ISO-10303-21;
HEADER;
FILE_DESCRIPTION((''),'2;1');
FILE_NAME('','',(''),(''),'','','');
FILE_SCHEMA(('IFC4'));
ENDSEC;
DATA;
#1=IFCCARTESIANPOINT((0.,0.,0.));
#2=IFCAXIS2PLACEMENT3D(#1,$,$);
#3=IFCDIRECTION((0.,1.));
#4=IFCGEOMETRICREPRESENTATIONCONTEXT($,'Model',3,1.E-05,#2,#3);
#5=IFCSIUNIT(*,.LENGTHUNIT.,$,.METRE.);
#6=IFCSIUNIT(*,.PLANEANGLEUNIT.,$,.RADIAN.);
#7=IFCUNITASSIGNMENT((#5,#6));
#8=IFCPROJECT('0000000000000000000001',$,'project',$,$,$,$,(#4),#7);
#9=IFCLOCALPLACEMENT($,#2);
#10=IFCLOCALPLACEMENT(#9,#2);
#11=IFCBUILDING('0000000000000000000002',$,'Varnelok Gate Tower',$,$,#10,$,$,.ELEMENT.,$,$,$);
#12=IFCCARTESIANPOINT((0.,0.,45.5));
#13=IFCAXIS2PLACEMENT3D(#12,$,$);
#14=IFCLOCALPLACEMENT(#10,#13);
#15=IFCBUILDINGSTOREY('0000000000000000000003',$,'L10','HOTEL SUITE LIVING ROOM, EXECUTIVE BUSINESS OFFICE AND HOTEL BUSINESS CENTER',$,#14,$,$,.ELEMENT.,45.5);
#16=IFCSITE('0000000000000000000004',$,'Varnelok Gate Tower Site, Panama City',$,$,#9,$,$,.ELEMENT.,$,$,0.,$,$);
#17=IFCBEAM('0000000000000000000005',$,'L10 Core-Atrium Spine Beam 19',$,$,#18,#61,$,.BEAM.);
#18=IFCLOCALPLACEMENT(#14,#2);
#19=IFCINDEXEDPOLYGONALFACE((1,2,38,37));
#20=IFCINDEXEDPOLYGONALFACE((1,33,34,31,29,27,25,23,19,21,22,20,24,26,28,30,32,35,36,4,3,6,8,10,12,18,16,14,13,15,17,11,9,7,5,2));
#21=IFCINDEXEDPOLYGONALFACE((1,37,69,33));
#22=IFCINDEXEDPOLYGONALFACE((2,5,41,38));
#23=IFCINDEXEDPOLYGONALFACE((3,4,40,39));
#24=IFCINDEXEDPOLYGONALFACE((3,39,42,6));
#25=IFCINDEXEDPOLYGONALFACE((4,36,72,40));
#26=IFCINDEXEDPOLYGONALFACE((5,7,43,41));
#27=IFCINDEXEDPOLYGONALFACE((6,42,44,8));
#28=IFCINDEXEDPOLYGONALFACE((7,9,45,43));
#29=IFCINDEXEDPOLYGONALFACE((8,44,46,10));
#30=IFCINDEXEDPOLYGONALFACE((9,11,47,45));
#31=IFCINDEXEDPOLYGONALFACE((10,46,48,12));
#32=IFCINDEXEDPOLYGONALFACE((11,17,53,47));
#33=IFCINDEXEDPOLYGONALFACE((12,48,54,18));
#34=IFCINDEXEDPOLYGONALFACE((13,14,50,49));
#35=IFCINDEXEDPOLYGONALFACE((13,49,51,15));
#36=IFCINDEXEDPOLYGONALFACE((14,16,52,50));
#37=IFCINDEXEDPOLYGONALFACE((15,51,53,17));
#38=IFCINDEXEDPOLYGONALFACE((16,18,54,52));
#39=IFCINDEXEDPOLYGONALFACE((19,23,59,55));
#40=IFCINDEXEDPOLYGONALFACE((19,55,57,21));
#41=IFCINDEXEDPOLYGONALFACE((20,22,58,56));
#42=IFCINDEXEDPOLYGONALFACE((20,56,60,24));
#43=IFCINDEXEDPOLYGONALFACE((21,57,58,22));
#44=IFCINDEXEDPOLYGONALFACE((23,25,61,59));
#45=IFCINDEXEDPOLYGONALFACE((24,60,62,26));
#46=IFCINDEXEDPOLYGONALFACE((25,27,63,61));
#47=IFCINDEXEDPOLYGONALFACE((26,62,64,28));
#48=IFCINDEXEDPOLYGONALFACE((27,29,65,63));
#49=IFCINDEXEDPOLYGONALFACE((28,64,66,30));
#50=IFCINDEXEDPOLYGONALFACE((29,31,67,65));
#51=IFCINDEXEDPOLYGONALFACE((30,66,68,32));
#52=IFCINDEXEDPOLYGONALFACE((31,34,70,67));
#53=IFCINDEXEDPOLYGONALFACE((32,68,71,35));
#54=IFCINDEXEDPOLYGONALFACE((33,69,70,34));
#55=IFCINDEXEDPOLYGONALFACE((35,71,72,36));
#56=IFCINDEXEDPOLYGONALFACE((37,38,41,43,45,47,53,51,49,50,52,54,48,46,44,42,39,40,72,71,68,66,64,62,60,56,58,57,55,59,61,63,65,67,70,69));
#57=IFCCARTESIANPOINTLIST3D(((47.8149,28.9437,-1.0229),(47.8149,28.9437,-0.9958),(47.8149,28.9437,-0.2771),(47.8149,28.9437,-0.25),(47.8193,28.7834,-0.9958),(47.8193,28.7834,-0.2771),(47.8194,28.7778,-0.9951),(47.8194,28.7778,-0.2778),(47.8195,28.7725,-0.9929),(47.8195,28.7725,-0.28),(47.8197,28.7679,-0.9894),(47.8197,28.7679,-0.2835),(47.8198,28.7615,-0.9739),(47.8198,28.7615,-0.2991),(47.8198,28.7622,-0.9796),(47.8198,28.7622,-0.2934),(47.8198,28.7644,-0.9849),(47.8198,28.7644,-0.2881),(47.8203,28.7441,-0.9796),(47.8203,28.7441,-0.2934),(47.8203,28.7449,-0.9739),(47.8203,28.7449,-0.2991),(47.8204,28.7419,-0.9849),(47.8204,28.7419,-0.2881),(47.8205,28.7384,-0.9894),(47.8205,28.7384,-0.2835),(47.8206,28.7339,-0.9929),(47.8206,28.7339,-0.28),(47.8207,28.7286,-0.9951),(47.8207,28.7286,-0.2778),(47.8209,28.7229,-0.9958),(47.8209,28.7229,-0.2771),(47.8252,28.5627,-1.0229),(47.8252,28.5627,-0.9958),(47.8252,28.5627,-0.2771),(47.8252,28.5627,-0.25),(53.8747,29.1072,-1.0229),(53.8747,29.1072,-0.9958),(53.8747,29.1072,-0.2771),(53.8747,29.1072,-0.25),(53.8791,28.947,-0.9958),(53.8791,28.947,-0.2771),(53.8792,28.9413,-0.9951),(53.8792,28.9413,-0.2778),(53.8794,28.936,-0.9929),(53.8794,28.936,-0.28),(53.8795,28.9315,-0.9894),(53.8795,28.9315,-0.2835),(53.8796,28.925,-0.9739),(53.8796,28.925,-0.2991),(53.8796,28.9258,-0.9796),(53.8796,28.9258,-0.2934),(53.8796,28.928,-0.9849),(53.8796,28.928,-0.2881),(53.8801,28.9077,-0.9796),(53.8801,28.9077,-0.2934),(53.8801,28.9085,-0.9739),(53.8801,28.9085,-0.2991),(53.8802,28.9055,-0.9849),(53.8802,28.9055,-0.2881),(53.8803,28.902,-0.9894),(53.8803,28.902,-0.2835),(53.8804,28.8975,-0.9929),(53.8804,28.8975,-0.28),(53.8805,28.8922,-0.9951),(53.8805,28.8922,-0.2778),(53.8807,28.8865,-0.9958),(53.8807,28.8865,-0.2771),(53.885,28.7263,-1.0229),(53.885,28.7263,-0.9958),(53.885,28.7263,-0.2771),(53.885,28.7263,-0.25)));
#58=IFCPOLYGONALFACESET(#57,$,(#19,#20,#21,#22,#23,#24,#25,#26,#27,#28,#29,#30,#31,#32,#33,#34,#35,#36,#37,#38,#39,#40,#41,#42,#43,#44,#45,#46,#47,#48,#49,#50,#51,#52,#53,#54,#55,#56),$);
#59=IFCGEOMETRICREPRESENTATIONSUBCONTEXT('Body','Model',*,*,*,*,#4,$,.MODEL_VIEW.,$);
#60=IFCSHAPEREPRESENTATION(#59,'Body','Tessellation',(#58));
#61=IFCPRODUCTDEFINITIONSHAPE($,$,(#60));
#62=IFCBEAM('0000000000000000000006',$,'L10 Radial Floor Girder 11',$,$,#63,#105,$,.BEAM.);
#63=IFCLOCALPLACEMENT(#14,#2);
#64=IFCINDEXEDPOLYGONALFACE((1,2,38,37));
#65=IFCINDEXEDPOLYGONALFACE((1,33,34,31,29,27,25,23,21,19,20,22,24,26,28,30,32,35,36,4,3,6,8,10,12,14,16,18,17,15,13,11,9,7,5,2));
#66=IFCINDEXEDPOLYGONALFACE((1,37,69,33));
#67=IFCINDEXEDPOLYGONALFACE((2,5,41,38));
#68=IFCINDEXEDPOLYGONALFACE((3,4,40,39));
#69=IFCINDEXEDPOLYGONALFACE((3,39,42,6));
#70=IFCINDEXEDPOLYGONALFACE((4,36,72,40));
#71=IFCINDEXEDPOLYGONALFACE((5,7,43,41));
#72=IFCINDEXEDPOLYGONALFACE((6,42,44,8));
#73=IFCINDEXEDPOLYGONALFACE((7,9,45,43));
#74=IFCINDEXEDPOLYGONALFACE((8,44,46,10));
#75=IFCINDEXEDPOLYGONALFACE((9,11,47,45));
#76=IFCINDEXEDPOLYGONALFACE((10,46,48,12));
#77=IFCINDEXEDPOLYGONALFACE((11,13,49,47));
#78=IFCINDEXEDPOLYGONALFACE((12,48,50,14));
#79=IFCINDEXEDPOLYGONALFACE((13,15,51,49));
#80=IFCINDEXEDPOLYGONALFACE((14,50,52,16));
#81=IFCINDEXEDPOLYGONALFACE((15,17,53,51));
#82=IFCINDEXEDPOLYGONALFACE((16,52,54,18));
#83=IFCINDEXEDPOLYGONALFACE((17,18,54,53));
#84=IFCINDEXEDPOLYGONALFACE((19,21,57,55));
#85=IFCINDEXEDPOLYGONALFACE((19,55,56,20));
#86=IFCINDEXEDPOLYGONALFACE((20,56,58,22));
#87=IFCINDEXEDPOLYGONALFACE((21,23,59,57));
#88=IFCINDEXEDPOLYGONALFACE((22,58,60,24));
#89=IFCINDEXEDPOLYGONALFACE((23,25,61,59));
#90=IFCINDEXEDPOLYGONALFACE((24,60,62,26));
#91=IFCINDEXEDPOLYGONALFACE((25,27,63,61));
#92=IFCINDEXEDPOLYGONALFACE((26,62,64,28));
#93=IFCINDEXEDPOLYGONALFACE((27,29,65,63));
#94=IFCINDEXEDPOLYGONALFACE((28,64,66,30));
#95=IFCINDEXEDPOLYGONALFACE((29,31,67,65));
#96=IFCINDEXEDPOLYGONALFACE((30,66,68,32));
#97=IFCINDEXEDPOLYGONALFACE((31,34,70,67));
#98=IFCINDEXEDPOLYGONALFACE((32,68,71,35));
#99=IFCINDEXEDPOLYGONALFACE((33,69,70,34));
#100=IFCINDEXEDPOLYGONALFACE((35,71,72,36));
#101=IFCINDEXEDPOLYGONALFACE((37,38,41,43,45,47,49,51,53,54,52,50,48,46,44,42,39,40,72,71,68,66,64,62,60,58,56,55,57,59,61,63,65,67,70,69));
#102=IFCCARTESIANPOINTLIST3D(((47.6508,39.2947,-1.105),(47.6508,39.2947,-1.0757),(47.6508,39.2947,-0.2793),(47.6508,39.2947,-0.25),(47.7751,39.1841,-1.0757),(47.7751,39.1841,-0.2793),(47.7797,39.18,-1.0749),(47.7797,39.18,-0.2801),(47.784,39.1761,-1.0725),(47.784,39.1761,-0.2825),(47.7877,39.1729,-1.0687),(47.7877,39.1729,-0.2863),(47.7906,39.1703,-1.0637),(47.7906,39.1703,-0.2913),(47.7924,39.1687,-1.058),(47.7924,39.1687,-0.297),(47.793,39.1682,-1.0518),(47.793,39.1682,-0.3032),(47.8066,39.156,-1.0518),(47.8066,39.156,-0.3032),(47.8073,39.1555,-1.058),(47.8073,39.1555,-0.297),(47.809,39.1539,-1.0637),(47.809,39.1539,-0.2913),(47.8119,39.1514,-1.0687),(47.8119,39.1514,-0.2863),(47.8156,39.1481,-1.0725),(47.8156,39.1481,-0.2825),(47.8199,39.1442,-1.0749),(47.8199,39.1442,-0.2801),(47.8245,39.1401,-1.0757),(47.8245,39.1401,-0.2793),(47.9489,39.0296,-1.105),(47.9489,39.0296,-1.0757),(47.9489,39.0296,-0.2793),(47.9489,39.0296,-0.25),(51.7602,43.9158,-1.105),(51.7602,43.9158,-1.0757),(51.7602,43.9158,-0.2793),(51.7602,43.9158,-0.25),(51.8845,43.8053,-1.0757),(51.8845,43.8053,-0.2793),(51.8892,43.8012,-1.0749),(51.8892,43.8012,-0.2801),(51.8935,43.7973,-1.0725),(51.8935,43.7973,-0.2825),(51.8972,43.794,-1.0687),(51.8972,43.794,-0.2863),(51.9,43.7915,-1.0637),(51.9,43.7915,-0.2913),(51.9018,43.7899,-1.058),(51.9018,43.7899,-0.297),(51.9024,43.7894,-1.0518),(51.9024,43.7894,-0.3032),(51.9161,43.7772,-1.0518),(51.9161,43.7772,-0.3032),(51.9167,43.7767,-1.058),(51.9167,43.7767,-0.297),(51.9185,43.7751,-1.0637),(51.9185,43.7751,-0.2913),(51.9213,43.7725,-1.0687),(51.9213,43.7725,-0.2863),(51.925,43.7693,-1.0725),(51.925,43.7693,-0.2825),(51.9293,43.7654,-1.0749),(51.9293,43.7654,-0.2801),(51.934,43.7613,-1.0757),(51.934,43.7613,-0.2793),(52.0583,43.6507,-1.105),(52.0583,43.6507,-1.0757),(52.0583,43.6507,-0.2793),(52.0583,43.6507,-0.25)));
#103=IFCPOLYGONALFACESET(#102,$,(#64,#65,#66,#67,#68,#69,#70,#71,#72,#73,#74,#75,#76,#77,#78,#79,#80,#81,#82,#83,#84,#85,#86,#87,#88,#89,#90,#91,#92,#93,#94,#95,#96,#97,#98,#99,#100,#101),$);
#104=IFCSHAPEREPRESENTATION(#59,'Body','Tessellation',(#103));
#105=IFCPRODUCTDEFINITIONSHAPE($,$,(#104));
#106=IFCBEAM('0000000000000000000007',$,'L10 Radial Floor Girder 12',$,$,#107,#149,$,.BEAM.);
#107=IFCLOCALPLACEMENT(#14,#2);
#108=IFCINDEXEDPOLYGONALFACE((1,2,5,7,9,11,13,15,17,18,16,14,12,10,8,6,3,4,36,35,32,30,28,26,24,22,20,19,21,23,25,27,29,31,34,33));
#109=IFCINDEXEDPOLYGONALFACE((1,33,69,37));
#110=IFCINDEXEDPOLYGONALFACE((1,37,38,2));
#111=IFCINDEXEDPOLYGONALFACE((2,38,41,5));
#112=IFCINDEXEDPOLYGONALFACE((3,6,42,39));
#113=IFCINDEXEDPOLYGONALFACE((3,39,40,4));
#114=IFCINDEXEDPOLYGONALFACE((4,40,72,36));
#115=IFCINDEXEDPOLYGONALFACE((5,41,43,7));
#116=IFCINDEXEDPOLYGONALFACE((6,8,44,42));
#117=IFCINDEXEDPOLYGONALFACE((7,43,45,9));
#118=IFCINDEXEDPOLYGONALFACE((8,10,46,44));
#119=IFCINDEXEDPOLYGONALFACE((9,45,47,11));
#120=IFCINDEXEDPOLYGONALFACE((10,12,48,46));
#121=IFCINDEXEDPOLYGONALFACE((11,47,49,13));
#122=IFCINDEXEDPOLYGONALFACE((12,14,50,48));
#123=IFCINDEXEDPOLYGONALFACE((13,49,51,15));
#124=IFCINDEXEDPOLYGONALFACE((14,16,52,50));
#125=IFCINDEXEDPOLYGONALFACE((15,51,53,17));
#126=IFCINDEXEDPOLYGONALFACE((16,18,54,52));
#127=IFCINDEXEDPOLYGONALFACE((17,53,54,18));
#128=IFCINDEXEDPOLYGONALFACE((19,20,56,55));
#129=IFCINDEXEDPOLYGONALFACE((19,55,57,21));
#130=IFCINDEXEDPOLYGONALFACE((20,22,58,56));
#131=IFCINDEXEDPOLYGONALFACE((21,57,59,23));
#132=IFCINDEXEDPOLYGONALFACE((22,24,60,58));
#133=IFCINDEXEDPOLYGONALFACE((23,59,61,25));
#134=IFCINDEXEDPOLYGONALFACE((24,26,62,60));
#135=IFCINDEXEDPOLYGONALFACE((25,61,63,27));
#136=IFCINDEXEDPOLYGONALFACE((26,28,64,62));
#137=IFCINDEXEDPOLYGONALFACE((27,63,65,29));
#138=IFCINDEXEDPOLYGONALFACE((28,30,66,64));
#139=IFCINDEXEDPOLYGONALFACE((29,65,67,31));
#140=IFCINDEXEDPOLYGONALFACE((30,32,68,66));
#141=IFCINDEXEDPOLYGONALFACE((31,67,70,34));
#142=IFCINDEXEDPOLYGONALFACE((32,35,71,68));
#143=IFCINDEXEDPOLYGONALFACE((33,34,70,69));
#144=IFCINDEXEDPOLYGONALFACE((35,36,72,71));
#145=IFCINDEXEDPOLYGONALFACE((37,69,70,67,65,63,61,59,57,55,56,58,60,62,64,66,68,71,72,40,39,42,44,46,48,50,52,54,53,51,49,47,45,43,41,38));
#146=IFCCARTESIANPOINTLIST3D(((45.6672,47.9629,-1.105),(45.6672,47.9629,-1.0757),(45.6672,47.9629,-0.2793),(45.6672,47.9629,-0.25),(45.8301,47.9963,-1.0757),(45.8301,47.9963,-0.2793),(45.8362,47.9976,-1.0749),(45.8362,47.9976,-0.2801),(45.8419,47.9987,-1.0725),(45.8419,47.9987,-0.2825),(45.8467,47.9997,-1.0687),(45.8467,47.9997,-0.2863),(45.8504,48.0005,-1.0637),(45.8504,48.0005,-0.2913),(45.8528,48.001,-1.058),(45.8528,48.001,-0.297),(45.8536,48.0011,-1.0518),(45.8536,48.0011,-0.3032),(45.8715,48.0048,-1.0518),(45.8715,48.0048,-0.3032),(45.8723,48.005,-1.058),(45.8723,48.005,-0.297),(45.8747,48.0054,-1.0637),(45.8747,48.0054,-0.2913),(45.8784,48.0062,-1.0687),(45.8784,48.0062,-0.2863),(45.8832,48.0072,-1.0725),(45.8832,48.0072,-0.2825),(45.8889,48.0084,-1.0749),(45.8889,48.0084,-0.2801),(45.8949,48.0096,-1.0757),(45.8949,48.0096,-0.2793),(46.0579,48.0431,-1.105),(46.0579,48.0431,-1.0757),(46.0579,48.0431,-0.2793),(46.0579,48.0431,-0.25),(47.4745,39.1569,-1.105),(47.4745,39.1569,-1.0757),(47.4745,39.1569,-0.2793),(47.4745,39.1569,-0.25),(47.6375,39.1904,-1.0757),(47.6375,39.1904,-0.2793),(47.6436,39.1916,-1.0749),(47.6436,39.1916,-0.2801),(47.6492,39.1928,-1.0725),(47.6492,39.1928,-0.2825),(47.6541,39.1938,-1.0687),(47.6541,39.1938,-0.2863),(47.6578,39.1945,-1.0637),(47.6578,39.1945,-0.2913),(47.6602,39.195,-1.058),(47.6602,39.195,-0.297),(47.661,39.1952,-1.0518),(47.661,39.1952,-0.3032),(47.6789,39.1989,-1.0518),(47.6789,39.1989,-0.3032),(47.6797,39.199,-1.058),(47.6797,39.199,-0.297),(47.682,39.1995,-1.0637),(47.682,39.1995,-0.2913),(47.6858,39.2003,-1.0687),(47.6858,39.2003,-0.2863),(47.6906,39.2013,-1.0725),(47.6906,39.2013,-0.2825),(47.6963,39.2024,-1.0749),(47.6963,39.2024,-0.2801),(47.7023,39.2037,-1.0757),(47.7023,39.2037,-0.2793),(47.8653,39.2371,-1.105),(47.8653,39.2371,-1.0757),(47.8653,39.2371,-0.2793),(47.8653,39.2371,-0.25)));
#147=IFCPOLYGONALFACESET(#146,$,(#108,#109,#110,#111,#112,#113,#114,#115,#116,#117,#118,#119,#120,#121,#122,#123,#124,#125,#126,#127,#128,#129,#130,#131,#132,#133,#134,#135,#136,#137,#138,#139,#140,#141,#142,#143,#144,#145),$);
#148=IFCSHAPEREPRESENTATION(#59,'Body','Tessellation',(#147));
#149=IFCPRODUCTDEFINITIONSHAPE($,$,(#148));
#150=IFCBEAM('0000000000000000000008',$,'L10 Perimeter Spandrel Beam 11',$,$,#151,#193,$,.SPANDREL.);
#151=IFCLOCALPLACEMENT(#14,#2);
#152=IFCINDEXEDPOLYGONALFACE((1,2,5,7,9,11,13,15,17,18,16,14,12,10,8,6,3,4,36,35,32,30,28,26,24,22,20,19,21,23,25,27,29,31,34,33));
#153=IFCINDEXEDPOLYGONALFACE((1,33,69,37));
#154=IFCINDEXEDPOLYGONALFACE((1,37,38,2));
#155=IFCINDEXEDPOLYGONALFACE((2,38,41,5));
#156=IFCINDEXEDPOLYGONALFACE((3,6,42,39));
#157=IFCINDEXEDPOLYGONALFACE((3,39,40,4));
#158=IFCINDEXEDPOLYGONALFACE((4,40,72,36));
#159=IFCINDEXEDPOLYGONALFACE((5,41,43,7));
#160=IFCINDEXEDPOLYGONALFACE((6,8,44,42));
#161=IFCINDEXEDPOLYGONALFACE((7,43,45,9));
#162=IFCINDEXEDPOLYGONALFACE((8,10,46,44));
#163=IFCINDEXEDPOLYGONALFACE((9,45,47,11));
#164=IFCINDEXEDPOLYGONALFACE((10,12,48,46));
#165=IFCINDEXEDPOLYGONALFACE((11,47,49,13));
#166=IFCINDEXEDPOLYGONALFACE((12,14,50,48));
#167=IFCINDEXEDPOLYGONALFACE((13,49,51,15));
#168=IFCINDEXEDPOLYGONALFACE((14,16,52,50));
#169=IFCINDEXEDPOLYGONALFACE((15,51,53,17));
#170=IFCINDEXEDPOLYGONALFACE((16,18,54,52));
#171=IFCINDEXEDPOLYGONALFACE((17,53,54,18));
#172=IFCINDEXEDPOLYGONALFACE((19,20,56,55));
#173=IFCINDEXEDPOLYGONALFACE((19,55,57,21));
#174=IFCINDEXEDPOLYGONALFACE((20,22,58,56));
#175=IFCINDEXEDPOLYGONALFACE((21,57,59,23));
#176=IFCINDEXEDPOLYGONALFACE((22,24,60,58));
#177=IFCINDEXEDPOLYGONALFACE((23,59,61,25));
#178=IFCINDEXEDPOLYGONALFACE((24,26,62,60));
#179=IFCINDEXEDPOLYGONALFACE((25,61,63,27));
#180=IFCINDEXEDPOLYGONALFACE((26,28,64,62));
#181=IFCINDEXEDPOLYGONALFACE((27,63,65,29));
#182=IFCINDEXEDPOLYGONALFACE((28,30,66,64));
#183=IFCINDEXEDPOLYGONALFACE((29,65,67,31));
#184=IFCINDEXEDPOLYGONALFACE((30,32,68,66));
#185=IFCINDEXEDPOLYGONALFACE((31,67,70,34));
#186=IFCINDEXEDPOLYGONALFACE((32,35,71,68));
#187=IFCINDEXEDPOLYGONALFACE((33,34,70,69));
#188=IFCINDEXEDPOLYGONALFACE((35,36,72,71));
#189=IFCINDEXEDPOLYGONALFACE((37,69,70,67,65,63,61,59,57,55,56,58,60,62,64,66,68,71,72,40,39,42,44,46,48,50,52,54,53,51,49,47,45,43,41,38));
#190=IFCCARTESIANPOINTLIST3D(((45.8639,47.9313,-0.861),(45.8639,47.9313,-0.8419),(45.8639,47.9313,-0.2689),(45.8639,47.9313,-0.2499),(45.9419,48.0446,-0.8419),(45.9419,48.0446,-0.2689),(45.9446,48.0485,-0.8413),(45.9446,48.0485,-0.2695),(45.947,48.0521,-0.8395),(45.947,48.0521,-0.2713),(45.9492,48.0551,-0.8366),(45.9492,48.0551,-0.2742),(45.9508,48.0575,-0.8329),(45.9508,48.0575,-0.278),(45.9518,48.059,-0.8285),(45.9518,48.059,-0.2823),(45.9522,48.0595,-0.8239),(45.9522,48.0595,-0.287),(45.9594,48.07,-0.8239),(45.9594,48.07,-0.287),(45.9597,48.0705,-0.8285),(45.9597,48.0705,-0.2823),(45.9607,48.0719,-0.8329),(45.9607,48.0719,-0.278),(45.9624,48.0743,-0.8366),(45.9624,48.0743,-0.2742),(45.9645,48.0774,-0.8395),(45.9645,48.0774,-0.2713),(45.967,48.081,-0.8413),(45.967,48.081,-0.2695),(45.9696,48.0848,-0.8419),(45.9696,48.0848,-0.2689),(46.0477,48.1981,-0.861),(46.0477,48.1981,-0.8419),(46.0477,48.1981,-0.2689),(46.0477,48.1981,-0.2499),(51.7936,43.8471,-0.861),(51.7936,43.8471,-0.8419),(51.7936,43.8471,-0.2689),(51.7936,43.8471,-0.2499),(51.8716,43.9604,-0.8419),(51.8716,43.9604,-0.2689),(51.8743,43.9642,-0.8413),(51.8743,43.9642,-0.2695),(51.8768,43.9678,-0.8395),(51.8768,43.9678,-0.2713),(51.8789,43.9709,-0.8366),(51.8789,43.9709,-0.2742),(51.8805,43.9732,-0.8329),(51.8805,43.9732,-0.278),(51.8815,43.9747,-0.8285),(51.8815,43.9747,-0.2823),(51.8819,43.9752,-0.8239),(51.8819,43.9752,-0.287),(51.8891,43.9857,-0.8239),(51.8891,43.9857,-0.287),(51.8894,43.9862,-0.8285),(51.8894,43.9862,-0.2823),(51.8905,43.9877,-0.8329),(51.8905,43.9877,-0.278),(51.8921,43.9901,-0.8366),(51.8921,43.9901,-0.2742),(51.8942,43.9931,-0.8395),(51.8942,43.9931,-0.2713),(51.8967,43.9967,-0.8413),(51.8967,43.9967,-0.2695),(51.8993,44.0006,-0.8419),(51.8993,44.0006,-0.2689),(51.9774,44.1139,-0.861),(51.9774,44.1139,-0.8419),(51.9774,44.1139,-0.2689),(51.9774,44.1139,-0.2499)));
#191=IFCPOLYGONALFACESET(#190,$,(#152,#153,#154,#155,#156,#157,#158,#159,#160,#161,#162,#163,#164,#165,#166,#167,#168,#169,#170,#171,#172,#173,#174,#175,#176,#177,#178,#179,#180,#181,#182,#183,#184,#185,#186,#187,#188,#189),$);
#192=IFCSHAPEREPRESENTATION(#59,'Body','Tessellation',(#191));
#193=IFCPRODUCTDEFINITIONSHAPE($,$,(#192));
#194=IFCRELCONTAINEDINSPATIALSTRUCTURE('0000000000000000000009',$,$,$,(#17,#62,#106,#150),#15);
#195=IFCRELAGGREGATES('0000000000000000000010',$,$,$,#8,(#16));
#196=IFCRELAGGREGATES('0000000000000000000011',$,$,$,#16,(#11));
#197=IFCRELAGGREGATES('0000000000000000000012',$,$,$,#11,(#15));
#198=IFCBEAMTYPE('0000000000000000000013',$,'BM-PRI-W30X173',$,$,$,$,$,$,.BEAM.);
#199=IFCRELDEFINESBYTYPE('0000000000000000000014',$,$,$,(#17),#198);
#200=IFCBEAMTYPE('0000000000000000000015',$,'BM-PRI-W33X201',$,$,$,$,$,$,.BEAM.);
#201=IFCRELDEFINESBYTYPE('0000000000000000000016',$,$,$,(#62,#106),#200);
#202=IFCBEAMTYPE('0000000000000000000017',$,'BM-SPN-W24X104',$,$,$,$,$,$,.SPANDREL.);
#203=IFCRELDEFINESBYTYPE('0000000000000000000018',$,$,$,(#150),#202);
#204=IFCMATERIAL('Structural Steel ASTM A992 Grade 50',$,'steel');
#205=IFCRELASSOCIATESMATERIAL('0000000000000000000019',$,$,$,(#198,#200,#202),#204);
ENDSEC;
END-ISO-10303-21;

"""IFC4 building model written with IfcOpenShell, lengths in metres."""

from ifc_helpers import new_model, si_unit, direction, frame, origin, origin_2d, place, context, subcontext, project, spatial, i_section, extrude, material, material_profile, profile_set, type_object, element, save


model = new_model("IFC4")

# Units and contexts
model_context = context("Model", 3, precision=1e-05, world=origin(), true_north=direction((0.0, 1.0)))
body_context = subcontext(model_context, "Body", "Model", "MODEL_VIEW")
ifc_project = project(units=[si_unit("LENGTHUNIT", "METRE"), si_unit("PLANEANGLEUNIT", "RADIAN")], contexts=[model_context])

# Site, building, storey
site_placement = place(None, origin())
site = spatial("IfcSite", under=ifc_project, at=site_placement, Name="Varnelok Gate Tower Site, Panama City", CompositionType="ELEMENT", RefElevation=0.0)
building_placement = place(site_placement, origin())
building = spatial("IfcBuilding", under=site, at=building_placement, Name="Varnelok Gate Tower", CompositionType="ELEMENT")
storey_placement = place(building_placement, frame((0.0, 0.0, 45.5)))
storey = spatial("IfcBuildingStorey", under=building, at=storey_placement, Name="L10", Description="HOTEL SUITE LIVING ROOM, EXECUTIVE BUSINESS OFFICE AND HOTEL BUSINESS CENTER", CompositionType="ELEMENT", Elevation=45.5)

# Shared definitions
ifc_material_1 = material(Name="Structural Steel ASTM A992 Grade 50", Category="steel")

# Beams
ifc_material_profile_1 = material_profile(ifc_material_1, i_section(OverallWidth=0.3811, OverallDepth=0.7729, WebThickness=0.0166, FlangeThickness=0.0271, FilletRadius=0.022, at=origin_2d()), Name="W30X173")
ifc_profile_set_1 = profile_set([ifc_material_profile_1], Name="Structural Steel ASTM A992 Grade 50")
beam_type_1 = type_object("IfcBeamType", Name="BM-PRI-W30X173", PredefinedType="BEAM", material=ifc_profile_set_1)
beam_1_placement = place(storey_placement, frame((47.8201, 28.7532, -0.6365), z_axis=(0.999636, 0.026983, 0.0), x_axis=(-0.026983, 0.999636, 0.0)))
element("IfcBeam", 1, at=beam_1_placement, inside=storey, type_object=beam_type_1, Name="L10 Core-Atrium Spine Beam 19", PredefinedType="BEAM", context=body_context, shape_type="SweptSolid", body=[
    extrude(i_section(OverallWidth=0.3811, OverallDepth=0.7729, WebThickness=0.0166, FlangeThickness=0.0271, FilletRadius=0.022, at=origin_2d()), origin(), (0.0, 0.0, 1.0), 6.062),
])
ifc_material_profile_2 = material_profile(ifc_material_1, i_section(OverallWidth=0.3989, OverallDepth=0.855, WebThickness=0.0183, FlangeThickness=0.0293, FilletRadius=0.0239, at=origin_2d()), Name="W33X201")
ifc_profile_set_2 = profile_set([ifc_material_profile_2], Name="Structural Steel ASTM A992 Grade 50")
beam_type_2 = type_object("IfcBeamType", Name="BM-PRI-W33X201", PredefinedType="BEAM", material=ifc_profile_set_2)
beam_2_placement = place(storey_placement, frame((47.7998, 39.1621, -0.6775), z_axis=(0.664521, 0.74727, 0.0), x_axis=(-0.74727, 0.664521, 0.0)))
element("IfcBeam", 2, at=beam_2_placement, inside=storey, type_object=beam_type_2, Name="L10 Radial Floor Girder 11", PredefinedType="BEAM", context=body_context, shape_type="SweptSolid", body=[
    extrude(i_section(OverallWidth=0.3989, OverallDepth=0.855, WebThickness=0.0183, FlangeThickness=0.0293, FilletRadius=0.0239, at=origin_2d()), origin(), (0.0, 0.0, 1.0), 6.1841),
])
beam_3_placement = place(storey_placement, frame((47.6699, 39.197, -0.6775), z_axis=(-0.201054, 0.97958, 0.0), x_axis=(-0.97958, -0.201054, 0.0)))
element("IfcBeam", 3, at=beam_3_placement, inside=storey, type_object=beam_type_2, Name="L10 Radial Floor Girder 12", PredefinedType="BEAM", context=body_context, shape_type="SweptSolid", body=[
    extrude(i_section(OverallWidth=0.3989, OverallDepth=0.855, WebThickness=0.0183, FlangeThickness=0.0293, FilletRadius=0.0239, at=origin_2d()), origin(), (0.0, 0.0, 1.0), 8.9895),
])
ifc_material_profile_3 = material_profile(ifc_material_1, i_section(OverallWidth=0.324, OverallDepth=0.6111, WebThickness=0.0127, FlangeThickness=0.019, FilletRadius=0.0181, at=origin_2d()), Name="W24X104")
ifc_profile_set_3 = profile_set([ifc_material_profile_3], Name="Structural Steel ASTM A992 Grade 50")
beam_type_3 = type_object("IfcBeamType", Name="BM-SPN-W24X104", PredefinedType="SPANDREL", material=ifc_profile_set_3)
beam_4_placement = place(storey_placement, frame((51.8855, 43.9805, -0.5554), z_axis=(-0.823551, 0.567242, 0.0), x_axis=(-0.567242, -0.823551, 0.0)))
element("IfcBeam", 4, at=beam_4_placement, inside=storey, type_object=beam_type_3, Name="L10 Perimeter Spandrel Beam 11", PredefinedType="SPANDREL", context=body_context, shape_type="SweptSolid", body=[
    extrude(i_section(OverallWidth=0.324, OverallDepth=0.6111, WebThickness=0.0127, FlangeThickness=0.019, FilletRadius=0.0181, at=origin_2d()), origin(), (0.0, 0.0, 1.0), 7.2002),
])

save(model, "model.ifc")
